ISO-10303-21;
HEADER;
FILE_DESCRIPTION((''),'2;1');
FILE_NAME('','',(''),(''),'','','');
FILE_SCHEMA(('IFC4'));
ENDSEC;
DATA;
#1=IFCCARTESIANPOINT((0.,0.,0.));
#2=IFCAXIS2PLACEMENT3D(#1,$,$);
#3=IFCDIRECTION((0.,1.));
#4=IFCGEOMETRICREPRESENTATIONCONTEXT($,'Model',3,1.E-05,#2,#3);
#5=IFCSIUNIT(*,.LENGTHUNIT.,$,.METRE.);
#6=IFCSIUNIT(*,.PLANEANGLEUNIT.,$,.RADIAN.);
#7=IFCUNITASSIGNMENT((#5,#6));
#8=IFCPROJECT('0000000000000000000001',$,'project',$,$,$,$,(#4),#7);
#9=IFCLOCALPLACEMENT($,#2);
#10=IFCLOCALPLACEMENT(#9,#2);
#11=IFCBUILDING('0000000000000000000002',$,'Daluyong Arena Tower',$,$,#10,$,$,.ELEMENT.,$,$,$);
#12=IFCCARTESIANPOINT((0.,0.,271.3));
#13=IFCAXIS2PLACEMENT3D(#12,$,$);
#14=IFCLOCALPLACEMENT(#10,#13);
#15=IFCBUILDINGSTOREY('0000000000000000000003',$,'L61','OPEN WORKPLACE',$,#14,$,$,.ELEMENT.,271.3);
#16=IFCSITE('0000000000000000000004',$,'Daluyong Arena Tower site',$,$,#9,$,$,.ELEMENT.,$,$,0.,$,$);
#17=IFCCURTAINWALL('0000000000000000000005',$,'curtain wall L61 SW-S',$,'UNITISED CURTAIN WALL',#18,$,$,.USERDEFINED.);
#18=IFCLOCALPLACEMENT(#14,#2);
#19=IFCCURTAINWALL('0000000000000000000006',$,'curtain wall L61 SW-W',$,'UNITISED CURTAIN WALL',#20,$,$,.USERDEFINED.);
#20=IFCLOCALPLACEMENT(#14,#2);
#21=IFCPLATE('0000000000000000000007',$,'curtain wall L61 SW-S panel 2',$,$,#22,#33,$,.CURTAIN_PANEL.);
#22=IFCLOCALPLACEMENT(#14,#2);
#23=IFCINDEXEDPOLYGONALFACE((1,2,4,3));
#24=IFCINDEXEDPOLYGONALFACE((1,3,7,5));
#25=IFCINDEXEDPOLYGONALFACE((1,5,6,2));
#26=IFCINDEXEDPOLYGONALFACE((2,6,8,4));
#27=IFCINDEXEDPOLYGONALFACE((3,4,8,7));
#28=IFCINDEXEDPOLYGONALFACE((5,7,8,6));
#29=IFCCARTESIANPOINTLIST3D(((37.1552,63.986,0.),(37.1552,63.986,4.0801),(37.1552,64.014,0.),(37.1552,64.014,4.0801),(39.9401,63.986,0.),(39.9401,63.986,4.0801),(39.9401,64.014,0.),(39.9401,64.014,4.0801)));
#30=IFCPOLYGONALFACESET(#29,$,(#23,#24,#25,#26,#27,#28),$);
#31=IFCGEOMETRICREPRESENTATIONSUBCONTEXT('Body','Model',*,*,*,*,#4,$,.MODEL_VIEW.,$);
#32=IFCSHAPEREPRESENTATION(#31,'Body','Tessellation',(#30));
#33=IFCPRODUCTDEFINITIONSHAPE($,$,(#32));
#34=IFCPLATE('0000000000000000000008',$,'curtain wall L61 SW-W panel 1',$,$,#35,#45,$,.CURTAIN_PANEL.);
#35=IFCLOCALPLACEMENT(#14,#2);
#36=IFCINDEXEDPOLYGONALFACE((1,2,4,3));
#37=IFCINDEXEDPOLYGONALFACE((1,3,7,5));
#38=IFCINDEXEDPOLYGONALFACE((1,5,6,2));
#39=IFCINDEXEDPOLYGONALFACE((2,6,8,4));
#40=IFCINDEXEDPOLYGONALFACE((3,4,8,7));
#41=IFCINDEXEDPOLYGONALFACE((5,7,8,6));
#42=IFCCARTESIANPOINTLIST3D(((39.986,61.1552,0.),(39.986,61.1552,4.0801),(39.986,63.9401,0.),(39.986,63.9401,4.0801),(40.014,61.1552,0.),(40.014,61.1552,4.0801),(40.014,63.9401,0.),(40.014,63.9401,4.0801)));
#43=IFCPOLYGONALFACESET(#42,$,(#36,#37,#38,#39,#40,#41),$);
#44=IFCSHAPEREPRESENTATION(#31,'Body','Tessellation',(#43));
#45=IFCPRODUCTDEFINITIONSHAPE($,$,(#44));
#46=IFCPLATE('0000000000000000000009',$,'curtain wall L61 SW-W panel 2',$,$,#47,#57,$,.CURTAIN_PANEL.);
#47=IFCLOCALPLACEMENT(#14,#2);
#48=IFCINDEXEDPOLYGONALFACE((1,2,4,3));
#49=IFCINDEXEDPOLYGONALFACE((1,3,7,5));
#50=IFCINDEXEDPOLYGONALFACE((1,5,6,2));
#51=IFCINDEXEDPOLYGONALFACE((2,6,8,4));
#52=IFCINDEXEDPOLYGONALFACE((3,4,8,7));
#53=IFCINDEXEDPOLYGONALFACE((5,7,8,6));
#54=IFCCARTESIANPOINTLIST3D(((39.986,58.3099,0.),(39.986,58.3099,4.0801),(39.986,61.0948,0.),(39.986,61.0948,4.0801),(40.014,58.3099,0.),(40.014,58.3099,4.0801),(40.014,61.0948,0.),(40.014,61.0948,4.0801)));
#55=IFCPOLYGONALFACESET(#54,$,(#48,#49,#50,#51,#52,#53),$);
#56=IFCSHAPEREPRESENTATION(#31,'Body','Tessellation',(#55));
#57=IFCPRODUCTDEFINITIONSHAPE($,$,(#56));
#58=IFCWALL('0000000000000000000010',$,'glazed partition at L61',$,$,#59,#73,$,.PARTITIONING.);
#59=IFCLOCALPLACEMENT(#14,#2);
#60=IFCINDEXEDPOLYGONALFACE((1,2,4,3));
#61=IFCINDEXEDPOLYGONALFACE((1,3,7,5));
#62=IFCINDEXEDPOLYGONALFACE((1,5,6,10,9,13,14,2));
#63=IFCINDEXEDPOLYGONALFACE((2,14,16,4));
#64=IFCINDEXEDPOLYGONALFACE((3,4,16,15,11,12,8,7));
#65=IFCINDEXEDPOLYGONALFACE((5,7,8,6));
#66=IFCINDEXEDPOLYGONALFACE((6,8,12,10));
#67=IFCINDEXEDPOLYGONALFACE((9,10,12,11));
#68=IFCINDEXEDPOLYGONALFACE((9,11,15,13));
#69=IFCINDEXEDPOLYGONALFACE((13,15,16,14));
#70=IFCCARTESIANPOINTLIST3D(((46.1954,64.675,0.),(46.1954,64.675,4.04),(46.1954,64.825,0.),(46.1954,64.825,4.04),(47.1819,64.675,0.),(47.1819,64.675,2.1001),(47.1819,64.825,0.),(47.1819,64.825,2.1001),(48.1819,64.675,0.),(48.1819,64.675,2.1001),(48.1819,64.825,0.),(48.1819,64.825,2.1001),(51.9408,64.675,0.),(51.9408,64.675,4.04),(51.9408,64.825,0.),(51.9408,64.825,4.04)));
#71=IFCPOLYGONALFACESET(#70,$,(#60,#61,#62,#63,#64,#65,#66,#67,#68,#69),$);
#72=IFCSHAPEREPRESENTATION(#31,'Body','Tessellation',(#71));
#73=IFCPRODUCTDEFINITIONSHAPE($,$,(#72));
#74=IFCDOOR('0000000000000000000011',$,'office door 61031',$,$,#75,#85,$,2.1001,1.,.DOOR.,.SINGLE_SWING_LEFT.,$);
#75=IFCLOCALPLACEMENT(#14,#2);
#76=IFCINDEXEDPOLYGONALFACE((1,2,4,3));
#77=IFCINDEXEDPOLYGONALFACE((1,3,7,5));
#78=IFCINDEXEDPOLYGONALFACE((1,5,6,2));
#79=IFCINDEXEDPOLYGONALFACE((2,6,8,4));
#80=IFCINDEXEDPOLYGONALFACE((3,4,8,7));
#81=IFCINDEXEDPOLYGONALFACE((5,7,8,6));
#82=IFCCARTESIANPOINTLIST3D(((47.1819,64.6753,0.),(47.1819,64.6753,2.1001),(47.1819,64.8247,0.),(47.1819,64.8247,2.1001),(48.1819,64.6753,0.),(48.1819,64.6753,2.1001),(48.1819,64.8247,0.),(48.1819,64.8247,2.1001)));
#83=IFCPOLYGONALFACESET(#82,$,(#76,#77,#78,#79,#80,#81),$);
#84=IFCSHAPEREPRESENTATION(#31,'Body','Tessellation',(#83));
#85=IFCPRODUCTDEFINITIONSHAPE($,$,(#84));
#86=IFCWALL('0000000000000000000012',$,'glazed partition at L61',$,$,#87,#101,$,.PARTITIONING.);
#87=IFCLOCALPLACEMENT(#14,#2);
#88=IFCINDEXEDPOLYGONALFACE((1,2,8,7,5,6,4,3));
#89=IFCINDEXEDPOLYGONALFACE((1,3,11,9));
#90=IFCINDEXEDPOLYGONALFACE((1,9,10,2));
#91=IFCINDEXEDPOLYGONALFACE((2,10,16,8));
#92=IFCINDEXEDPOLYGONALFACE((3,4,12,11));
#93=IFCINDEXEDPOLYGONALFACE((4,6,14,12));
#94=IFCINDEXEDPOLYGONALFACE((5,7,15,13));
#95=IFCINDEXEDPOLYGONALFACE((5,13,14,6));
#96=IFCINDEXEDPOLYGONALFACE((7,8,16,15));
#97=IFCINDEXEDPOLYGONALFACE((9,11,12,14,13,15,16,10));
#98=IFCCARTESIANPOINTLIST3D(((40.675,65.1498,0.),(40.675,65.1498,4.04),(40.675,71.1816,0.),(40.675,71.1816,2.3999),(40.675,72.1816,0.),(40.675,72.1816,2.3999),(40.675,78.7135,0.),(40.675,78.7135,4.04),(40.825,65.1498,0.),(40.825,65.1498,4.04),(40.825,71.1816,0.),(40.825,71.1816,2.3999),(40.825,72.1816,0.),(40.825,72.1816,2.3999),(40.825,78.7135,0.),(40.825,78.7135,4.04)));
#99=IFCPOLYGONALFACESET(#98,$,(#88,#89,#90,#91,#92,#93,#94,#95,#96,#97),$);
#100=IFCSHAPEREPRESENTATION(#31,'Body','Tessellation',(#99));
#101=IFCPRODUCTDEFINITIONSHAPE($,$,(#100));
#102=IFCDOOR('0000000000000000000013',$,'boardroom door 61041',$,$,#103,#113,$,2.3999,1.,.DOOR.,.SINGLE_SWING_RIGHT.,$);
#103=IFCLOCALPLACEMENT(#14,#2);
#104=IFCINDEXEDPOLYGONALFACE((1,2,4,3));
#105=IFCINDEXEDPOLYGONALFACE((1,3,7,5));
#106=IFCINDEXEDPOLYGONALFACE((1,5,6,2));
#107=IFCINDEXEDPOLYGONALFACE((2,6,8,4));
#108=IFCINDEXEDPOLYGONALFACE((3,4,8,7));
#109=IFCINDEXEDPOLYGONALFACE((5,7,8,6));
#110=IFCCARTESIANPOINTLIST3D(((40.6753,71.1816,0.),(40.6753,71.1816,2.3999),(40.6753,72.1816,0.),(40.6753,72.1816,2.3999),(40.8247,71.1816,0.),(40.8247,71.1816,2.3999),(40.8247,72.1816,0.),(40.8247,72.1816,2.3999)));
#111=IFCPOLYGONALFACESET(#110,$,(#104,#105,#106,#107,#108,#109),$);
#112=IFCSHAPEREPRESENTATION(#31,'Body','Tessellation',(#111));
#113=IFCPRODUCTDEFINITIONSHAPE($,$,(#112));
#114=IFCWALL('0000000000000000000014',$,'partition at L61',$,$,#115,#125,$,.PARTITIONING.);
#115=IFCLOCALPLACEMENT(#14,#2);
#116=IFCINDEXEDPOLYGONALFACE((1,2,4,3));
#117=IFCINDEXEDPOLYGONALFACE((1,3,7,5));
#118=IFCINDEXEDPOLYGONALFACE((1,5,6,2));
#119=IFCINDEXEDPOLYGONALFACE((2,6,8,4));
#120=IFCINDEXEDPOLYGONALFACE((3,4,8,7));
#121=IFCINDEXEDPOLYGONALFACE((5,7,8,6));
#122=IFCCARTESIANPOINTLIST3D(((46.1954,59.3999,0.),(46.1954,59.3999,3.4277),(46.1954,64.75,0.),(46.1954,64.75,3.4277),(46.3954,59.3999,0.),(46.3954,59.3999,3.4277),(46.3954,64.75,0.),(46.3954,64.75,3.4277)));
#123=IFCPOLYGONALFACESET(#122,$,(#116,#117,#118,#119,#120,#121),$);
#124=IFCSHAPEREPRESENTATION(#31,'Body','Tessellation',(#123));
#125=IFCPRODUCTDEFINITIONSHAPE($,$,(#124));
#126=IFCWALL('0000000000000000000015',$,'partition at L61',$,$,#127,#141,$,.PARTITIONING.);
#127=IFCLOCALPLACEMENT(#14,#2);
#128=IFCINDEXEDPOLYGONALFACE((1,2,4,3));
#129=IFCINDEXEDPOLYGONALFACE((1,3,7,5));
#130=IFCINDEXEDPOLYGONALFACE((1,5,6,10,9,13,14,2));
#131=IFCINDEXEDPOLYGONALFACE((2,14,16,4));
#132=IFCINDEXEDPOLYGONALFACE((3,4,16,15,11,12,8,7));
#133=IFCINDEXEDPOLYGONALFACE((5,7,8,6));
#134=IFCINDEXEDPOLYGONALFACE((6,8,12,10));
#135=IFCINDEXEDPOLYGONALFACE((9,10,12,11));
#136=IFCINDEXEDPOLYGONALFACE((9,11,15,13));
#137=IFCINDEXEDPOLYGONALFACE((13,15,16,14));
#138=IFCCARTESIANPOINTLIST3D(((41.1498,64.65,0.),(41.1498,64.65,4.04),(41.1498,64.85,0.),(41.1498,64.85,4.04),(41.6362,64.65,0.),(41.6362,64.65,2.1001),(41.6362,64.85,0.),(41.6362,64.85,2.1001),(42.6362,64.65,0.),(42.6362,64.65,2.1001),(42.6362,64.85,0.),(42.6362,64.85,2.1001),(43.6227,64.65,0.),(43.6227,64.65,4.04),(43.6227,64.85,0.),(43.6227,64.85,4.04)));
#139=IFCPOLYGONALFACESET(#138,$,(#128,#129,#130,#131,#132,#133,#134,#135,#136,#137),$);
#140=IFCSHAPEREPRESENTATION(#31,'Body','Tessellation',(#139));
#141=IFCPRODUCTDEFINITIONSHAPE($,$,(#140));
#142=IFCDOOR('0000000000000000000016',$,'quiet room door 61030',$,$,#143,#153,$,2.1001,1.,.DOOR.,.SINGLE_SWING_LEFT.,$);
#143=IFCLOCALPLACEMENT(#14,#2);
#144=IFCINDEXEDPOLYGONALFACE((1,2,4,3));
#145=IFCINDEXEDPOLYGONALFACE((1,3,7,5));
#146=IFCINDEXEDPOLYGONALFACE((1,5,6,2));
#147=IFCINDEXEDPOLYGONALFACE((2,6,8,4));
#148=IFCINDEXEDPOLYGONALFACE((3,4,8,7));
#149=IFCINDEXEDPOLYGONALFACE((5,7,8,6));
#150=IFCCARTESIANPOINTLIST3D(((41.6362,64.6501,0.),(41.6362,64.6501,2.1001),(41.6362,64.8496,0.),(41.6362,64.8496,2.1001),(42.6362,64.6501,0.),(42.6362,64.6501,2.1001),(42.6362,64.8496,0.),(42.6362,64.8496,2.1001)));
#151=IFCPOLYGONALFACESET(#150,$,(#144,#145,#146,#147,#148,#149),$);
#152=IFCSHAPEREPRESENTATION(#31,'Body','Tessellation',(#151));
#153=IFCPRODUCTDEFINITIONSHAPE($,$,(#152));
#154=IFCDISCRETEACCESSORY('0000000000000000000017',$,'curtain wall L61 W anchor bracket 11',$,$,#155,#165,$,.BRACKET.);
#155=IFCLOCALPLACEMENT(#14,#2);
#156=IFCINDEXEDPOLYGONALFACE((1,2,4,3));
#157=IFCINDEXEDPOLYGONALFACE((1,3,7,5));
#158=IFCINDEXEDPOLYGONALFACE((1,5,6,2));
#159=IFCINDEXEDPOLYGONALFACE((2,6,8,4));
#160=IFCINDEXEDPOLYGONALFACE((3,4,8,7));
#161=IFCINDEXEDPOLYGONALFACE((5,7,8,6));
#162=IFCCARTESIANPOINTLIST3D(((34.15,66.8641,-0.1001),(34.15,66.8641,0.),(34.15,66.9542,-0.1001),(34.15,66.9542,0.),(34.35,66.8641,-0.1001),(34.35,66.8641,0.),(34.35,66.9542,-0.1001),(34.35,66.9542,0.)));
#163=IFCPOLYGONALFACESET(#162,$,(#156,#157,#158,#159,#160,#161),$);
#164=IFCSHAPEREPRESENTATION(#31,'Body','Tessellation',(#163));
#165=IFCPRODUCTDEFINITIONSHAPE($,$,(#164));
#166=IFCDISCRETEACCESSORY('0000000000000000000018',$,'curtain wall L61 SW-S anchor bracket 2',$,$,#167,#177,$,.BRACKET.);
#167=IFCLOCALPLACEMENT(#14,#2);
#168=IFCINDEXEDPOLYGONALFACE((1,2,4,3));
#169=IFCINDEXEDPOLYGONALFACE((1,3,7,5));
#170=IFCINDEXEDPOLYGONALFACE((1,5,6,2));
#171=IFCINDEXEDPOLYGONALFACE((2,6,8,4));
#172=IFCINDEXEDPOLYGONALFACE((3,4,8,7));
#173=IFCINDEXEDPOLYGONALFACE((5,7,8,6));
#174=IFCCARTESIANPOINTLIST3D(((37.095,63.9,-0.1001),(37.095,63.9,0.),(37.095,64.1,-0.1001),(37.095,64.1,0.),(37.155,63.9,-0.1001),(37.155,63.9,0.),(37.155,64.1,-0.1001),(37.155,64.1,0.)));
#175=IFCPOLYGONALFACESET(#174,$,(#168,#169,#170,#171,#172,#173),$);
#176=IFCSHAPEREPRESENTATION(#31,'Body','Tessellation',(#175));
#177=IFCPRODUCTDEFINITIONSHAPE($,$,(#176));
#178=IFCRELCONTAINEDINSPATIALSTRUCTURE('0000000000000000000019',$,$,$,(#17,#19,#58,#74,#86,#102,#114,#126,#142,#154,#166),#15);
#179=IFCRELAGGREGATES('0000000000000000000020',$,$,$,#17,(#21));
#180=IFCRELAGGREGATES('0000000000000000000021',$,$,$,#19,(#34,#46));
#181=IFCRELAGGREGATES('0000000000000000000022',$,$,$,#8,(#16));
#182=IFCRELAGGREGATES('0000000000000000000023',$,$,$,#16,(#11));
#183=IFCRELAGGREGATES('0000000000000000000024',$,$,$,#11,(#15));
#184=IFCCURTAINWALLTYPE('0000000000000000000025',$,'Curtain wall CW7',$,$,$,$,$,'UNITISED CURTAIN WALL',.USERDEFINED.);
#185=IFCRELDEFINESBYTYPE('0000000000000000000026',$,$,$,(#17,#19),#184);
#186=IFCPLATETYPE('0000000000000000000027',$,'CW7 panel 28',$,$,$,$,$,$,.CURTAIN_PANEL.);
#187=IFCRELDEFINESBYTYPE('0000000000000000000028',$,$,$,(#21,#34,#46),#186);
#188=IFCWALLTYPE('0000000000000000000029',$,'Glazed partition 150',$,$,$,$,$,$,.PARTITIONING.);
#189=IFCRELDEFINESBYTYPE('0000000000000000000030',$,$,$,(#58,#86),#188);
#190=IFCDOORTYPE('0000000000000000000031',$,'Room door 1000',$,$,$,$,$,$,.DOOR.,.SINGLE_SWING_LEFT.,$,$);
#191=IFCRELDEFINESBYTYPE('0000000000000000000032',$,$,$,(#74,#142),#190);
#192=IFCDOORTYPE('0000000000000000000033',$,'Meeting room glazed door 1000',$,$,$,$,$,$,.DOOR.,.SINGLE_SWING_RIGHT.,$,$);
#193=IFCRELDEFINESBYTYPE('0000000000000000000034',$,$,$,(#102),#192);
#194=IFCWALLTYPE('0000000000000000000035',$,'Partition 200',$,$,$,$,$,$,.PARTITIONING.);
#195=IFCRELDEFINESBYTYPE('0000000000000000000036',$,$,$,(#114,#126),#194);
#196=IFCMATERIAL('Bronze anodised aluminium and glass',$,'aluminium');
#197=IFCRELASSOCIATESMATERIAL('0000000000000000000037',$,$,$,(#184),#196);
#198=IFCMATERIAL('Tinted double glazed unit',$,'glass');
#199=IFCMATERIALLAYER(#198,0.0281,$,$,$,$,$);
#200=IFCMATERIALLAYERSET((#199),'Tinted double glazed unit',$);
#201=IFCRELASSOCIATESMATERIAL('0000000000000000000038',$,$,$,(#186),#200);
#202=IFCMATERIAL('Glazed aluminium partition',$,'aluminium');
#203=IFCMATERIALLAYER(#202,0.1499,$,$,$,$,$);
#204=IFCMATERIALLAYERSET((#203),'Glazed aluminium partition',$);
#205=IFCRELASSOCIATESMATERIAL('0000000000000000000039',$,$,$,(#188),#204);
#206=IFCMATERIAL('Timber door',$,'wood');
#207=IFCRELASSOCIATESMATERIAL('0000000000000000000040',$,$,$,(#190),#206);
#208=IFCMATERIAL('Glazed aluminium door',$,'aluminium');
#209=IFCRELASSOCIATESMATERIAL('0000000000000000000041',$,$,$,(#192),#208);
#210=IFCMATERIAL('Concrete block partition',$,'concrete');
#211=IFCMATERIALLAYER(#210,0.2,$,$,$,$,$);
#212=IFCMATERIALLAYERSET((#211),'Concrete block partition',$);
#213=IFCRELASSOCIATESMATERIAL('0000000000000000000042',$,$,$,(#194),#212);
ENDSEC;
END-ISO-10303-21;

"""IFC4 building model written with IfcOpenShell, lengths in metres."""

from ifc_helpers import new_model, si_unit, direction, frame, frame_2d, origin, origin_2d, place, context, subcontext, project, spatial, rectangle, extrude, material, layer, layer_set, type_object, element, fill, aggregate, save


model = new_model("IFC4")

# Units and contexts
model_context = context("Model", 3, precision=1e-05, world=origin(), true_north=direction((0.0, 1.0)))
body_context = subcontext(model_context, "Body", "Model", "MODEL_VIEW")
ifc_project = project(units=[si_unit("LENGTHUNIT", "METRE"), si_unit("PLANEANGLEUNIT", "RADIAN")], contexts=[model_context])

# Site, building, storey
site_placement = place(None, origin())
site = spatial("IfcSite", under=ifc_project, at=site_placement, Name="Daluyong Arena Tower site", CompositionType="ELEMENT", RefElevation=0.0)
building_placement = place(site_placement, origin())
building = spatial("IfcBuilding", under=site, at=building_placement, Name="Daluyong Arena Tower", CompositionType="ELEMENT")
storey_placement = place(building_placement, frame((0.0, 0.0, 271.3)))
storey = spatial("IfcBuildingStorey", under=building, at=storey_placement, Name="L61", Description="OPEN WORKPLACE", CompositionType="ELEMENT", Elevation=271.3)

# Curtain walls
ifc_material_1 = material(Name="Bronze anodised aluminium and glass", Category="aluminium")
curtain_wall_type_1 = type_object("IfcCurtainWallType", Name="Curtain wall CW7", ElementType="UNITISED CURTAIN WALL", PredefinedType="USERDEFINED", material=ifc_material_1)
curtain_wall_1_placement = place(storey_placement, origin())
curtain_wall_1 = element("IfcCurtainWall", 1, at=curtain_wall_1_placement, inside=storey, type_object=curtain_wall_type_1, Name="curtain wall L61 SW-S", ObjectType="UNITISED CURTAIN WALL", PredefinedType="USERDEFINED")
curtain_wall_2_placement = place(storey_placement, origin())
curtain_wall_2 = element("IfcCurtainWall", 2, at=curtain_wall_2_placement, inside=storey, type_object=curtain_wall_type_1, Name="curtain wall L61 SW-W", ObjectType="UNITISED CURTAIN WALL", PredefinedType="USERDEFINED")

# Plates
ifc_material_2 = material(Name="Tinted double glazed unit", Category="glass")
ifc_layer_1 = layer(ifc_material_2, 0.0281)
ifc_layer_set_1 = layer_set([ifc_layer_1], Name="Tinted double glazed unit")
plate_type_1 = type_object("IfcPlateType", Name="CW7 panel 28", PredefinedType="CURTAIN_PANEL", material=ifc_layer_set_1)
plate_1_placement = place(storey_placement, frame((38.5476, 64.0, 0.0), z_axis=(0.0, 0.0, 1.0), x_axis=(1.0, 0.0, 0.0)))
plate_1 = element("IfcPlate", 3, at=plate_1_placement, type_object=plate_type_1, Name="curtain wall L61 SW-S panel 2", PredefinedType="CURTAIN_PANEL", context=body_context, shape_type="SweptSolid", body=[
    extrude(rectangle(XDim=2.7849, YDim=0.0281, at=origin_2d()), origin(), (0.0, 0.0, 1.0), 4.0801),
])
aggregate(curtain_wall_1, [plate_1])
plate_2_placement = place(storey_placement, frame((40.0, 62.5476, 0.0), z_axis=(0.0, 0.0, 1.0), x_axis=(0.0, -1.0, 0.0)))
plate_2 = element("IfcPlate", 4, at=plate_2_placement, type_object=plate_type_1, Name="curtain wall L61 SW-W panel 1", PredefinedType="CURTAIN_PANEL", context=body_context, shape_type="SweptSolid", body=[
    extrude(rectangle(XDim=2.7849, YDim=0.0281, at=origin_2d()), origin(), (0.0, 0.0, 1.0), 4.0801),
])
plate_3_placement = place(storey_placement, frame((40.0, 59.7024, 0.0), z_axis=(0.0, 0.0, 1.0), x_axis=(0.0, -1.0, 0.0)))
plate_3 = element("IfcPlate", 5, at=plate_3_placement, type_object=plate_type_1, Name="curtain wall L61 SW-W panel 2", PredefinedType="CURTAIN_PANEL", context=body_context, shape_type="SweptSolid", body=[
    extrude(rectangle(XDim=2.7849, YDim=0.0281, at=origin_2d()), origin(), (0.0, 0.0, 1.0), 4.0801),
])
aggregate(curtain_wall_2, [plate_2, plate_3])

# Walls, openings, doors
ifc_material_3 = material(Name="Glazed aluminium partition", Category="aluminium")
ifc_layer_2 = layer(ifc_material_3, 0.1499)
ifc_layer_set_2 = layer_set([ifc_layer_2], Name="Glazed aluminium partition")
wall_type_1 = type_object("IfcWallType", Name="Glazed partition 150", PredefinedType="PARTITIONING", material=ifc_layer_set_2)
wall_1_placement = place(storey_placement, frame((46.1956, 64.75, 0.0), z_axis=(0.0, 0.0, 1.0), x_axis=(1.0, 0.0, 0.0)))
wall_1 = element("IfcWall", 6, at=wall_1_placement, inside=storey, type_object=wall_type_1, Name="glazed partition at L61", PredefinedType="PARTITIONING", context=body_context, shape_type="SweptSolid", body=[
    extrude(rectangle(XDim=5.7454, YDim=0.1499, at=frame_2d((2.8726, 0.0))), origin(), (0.0, 0.0, 1.0), 4.04),
])
opening_1_placement = place(wall_1_placement, frame((0.9863, 0.0, 0.0)))
opening_1 = element("IfcOpeningElement", 7, at=opening_1_placement, cuts=wall_1, PredefinedType="OPENING", context=body_context, shape_type="SweptSolid", body=[
    extrude(rectangle(XDim=1.0, YDim=2.1001, at=frame_2d((0.5, 1.05))), frame((0.0, 0.085, 0.0), z_axis=(0.0, -1.0, 0.0), x_axis=(1.0, 0.0, 0.0)), (0.0, 0.0, 1.0), 0.1699),
])
ifc_material_4 = material(Name="Timber door", Category="wood")
door_type_1 = type_object("IfcDoorType", Name="Room door 1000", OperationType="SINGLE_SWING_LEFT", PredefinedType="DOOR", material=ifc_material_4)
door_1_placement = place(opening_1_placement, origin())
door_1 = element("IfcDoor", 8, at=door_1_placement, inside=storey, type_object=door_type_1, Name="office door 61031", OperationType="SINGLE_SWING_LEFT", OverallHeight=2.1001, OverallWidth=1.0, PredefinedType="DOOR", context=body_context, shape_type="SweptSolid", body=[
    extrude(rectangle(XDim=1.0, YDim=2.1001, at=frame_2d((0.5, 1.05))), frame((0.0, 0.0747, 0.0), z_axis=(0.0, -1.0, 0.0), x_axis=(1.0, 0.0, 0.0)), (0.0, 0.0, 1.0), 0.1494),
])
fill(opening_1, door_1)
wall_2_placement = place(storey_placement, frame((40.75, 65.1499, 0.0), z_axis=(0.0, 0.0, 1.0), x_axis=(0.0, 1.0, 0.0)))
wall_2 = element("IfcWall", 9, at=wall_2_placement, inside=storey, type_object=wall_type_1, Name="glazed partition at L61", PredefinedType="PARTITIONING", context=body_context, shape_type="SweptSolid", body=[
    extrude(rectangle(XDim=13.5637, YDim=0.1499, at=frame_2d((6.7817, 0.0))), origin(), (0.0, 0.0, 1.0), 4.04),
])
opening_2_placement = place(wall_2_placement, frame((6.0317, 0.0, 0.0)))
opening_2 = element("IfcOpeningElement", 10, at=opening_2_placement, cuts=wall_2, PredefinedType="OPENING", context=body_context, shape_type="SweptSolid", body=[
    extrude(rectangle(XDim=1.0, YDim=2.3999, at=frame_2d((0.5, 1.2))), frame((0.0, 0.085, 0.0), z_axis=(0.0, -1.0, 0.0), x_axis=(1.0, 0.0, 0.0)), (0.0, 0.0, 1.0), 0.1699),
])
ifc_material_5 = material(Name="Glazed aluminium door", Category="aluminium")
door_type_2 = type_object("IfcDoorType", Name="Meeting room glazed door 1000", OperationType="SINGLE_SWING_RIGHT", PredefinedType="DOOR", material=ifc_material_5)
door_2_placement = place(opening_2_placement, origin())
door_2 = element("IfcDoor", 11, at=door_2_placement, inside=storey, type_object=door_type_2, Name="boardroom door 61041", OperationType="SINGLE_SWING_RIGHT", OverallHeight=2.3999, OverallWidth=1.0, PredefinedType="DOOR", context=body_context, shape_type="SweptSolid", body=[
    extrude(rectangle(XDim=1.0, YDim=2.3999, at=frame_2d((0.5, 1.2))), frame((0.0, 0.0747, 0.0), z_axis=(0.0, -1.0, 0.0), x_axis=(1.0, 0.0, 0.0)), (0.0, 0.0, 1.0), 0.1494),
])
fill(opening_2, door_2)

# Wall
ifc_material_6 = material(Name="Concrete block partition", Category="concrete")
ifc_layer_3 = layer(ifc_material_6, 0.2)
ifc_layer_set_3 = layer_set([ifc_layer_3], Name="Concrete block partition")
wall_type_2 = type_object("IfcWallType", Name="Partition 200", PredefinedType="PARTITIONING", material=ifc_layer_set_3)
wall_3_placement = place(storey_placement, frame((46.2954, 59.3999, 0.0), z_axis=(0.0, 0.0, 1.0), x_axis=(0.0, 1.0, 0.0)))
element("IfcWall", 12, at=wall_3_placement, inside=storey, type_object=wall_type_2, Name="partition at L61", PredefinedType="PARTITIONING", context=body_context, shape_type="SweptSolid", body=[
    extrude(rectangle(XDim=5.3501, YDim=0.2, at=frame_2d((2.675, 0.0))), origin(), (0.0, 0.0, 1.0), 3.4277),
])

# Wall, opening, door
wall_4_placement = place(storey_placement, frame((41.1499, 64.75, 0.0), z_axis=(0.0, 0.0, 1.0), x_axis=(1.0, 0.0, 0.0)))
wall_4 = element("IfcWall", 13, at=wall_4_placement, inside=storey, type_object=wall_type_2, Name="partition at L61", PredefinedType="PARTITIONING", context=body_context, shape_type="SweptSolid", body=[
    extrude(rectangle(XDim=2.4729, YDim=0.2, at=frame_2d((1.2363, 0.0))), origin(), (0.0, 0.0, 1.0), 4.04),
])
opening_3_placement = place(wall_4_placement, frame((0.4863, 0.0, 0.0)))
opening_3 = element("IfcOpeningElement", 14, at=opening_3_placement, cuts=wall_4, PredefinedType="OPENING", context=body_context, shape_type="SweptSolid", body=[
    extrude(rectangle(XDim=1.0, YDim=2.1001, at=frame_2d((0.5, 1.05))), frame((0.0, 0.1099, 0.0), z_axis=(0.0, -1.0, 0.0), x_axis=(1.0, 0.0, 0.0)), (0.0, 0.0, 1.0), 0.22),
])
door_3_placement = place(opening_3_placement, origin())
door_3 = element("IfcDoor", 15, at=door_3_placement, inside=storey, type_object=door_type_1, Name="quiet room door 61030", OperationType="SINGLE_SWING_LEFT", OverallHeight=2.1001, OverallWidth=1.0, PredefinedType="DOOR", context=body_context, shape_type="SweptSolid", body=[
    extrude(rectangle(XDim=1.0, YDim=2.1001, at=frame_2d((0.5, 1.05))), frame((0.0, 0.0996, 0.0), z_axis=(0.0, -1.0, 0.0), x_axis=(1.0, 0.0, 0.0)), (0.0, 0.0, 1.0), 0.1995),
])
fill(opening_3, door_3)

# Discrete accessories
discrete_accessory_placement = place(storey_placement, frame((34.25, 66.9092, -0.1001), z_axis=(0.0, 0.0, 1.0), x_axis=(0.0, -1.0, 0.0)))
element("IfcDiscreteAccessory", 16, at=discrete_accessory_placement, inside=storey, Name="curtain wall L61 W anchor bracket 11", PredefinedType="BRACKET", context=body_context, shape_type="SweptSolid", body=[
    extrude(rectangle(XDim=0.0901, YDim=0.2, at=origin_2d()), origin(), (0.0, 0.0, 1.0), 0.1001),
])
for number, where, z_axis, x_axis, name in (
    (17, (37.125, 64.0, -0.1001), (0.0, 0.0, 1.0), (1.0, 0.0, 0.0), "curtain wall L61 SW-S anchor bracket 2"),
):
    element("IfcDiscreteAccessory", number, at=place(storey_placement, frame(where, z_axis=z_axis, x_axis=x_axis)), inside=storey, Name=name, PredefinedType="BRACKET", context=body_context, shape_type="SweptSolid", body=[
        extrude(rectangle(XDim=0.0601, YDim=0.2, at=origin_2d()), origin(), (0.0, 0.0, 1.0), 0.1001),
    ])

save(model, "model.ifc")
